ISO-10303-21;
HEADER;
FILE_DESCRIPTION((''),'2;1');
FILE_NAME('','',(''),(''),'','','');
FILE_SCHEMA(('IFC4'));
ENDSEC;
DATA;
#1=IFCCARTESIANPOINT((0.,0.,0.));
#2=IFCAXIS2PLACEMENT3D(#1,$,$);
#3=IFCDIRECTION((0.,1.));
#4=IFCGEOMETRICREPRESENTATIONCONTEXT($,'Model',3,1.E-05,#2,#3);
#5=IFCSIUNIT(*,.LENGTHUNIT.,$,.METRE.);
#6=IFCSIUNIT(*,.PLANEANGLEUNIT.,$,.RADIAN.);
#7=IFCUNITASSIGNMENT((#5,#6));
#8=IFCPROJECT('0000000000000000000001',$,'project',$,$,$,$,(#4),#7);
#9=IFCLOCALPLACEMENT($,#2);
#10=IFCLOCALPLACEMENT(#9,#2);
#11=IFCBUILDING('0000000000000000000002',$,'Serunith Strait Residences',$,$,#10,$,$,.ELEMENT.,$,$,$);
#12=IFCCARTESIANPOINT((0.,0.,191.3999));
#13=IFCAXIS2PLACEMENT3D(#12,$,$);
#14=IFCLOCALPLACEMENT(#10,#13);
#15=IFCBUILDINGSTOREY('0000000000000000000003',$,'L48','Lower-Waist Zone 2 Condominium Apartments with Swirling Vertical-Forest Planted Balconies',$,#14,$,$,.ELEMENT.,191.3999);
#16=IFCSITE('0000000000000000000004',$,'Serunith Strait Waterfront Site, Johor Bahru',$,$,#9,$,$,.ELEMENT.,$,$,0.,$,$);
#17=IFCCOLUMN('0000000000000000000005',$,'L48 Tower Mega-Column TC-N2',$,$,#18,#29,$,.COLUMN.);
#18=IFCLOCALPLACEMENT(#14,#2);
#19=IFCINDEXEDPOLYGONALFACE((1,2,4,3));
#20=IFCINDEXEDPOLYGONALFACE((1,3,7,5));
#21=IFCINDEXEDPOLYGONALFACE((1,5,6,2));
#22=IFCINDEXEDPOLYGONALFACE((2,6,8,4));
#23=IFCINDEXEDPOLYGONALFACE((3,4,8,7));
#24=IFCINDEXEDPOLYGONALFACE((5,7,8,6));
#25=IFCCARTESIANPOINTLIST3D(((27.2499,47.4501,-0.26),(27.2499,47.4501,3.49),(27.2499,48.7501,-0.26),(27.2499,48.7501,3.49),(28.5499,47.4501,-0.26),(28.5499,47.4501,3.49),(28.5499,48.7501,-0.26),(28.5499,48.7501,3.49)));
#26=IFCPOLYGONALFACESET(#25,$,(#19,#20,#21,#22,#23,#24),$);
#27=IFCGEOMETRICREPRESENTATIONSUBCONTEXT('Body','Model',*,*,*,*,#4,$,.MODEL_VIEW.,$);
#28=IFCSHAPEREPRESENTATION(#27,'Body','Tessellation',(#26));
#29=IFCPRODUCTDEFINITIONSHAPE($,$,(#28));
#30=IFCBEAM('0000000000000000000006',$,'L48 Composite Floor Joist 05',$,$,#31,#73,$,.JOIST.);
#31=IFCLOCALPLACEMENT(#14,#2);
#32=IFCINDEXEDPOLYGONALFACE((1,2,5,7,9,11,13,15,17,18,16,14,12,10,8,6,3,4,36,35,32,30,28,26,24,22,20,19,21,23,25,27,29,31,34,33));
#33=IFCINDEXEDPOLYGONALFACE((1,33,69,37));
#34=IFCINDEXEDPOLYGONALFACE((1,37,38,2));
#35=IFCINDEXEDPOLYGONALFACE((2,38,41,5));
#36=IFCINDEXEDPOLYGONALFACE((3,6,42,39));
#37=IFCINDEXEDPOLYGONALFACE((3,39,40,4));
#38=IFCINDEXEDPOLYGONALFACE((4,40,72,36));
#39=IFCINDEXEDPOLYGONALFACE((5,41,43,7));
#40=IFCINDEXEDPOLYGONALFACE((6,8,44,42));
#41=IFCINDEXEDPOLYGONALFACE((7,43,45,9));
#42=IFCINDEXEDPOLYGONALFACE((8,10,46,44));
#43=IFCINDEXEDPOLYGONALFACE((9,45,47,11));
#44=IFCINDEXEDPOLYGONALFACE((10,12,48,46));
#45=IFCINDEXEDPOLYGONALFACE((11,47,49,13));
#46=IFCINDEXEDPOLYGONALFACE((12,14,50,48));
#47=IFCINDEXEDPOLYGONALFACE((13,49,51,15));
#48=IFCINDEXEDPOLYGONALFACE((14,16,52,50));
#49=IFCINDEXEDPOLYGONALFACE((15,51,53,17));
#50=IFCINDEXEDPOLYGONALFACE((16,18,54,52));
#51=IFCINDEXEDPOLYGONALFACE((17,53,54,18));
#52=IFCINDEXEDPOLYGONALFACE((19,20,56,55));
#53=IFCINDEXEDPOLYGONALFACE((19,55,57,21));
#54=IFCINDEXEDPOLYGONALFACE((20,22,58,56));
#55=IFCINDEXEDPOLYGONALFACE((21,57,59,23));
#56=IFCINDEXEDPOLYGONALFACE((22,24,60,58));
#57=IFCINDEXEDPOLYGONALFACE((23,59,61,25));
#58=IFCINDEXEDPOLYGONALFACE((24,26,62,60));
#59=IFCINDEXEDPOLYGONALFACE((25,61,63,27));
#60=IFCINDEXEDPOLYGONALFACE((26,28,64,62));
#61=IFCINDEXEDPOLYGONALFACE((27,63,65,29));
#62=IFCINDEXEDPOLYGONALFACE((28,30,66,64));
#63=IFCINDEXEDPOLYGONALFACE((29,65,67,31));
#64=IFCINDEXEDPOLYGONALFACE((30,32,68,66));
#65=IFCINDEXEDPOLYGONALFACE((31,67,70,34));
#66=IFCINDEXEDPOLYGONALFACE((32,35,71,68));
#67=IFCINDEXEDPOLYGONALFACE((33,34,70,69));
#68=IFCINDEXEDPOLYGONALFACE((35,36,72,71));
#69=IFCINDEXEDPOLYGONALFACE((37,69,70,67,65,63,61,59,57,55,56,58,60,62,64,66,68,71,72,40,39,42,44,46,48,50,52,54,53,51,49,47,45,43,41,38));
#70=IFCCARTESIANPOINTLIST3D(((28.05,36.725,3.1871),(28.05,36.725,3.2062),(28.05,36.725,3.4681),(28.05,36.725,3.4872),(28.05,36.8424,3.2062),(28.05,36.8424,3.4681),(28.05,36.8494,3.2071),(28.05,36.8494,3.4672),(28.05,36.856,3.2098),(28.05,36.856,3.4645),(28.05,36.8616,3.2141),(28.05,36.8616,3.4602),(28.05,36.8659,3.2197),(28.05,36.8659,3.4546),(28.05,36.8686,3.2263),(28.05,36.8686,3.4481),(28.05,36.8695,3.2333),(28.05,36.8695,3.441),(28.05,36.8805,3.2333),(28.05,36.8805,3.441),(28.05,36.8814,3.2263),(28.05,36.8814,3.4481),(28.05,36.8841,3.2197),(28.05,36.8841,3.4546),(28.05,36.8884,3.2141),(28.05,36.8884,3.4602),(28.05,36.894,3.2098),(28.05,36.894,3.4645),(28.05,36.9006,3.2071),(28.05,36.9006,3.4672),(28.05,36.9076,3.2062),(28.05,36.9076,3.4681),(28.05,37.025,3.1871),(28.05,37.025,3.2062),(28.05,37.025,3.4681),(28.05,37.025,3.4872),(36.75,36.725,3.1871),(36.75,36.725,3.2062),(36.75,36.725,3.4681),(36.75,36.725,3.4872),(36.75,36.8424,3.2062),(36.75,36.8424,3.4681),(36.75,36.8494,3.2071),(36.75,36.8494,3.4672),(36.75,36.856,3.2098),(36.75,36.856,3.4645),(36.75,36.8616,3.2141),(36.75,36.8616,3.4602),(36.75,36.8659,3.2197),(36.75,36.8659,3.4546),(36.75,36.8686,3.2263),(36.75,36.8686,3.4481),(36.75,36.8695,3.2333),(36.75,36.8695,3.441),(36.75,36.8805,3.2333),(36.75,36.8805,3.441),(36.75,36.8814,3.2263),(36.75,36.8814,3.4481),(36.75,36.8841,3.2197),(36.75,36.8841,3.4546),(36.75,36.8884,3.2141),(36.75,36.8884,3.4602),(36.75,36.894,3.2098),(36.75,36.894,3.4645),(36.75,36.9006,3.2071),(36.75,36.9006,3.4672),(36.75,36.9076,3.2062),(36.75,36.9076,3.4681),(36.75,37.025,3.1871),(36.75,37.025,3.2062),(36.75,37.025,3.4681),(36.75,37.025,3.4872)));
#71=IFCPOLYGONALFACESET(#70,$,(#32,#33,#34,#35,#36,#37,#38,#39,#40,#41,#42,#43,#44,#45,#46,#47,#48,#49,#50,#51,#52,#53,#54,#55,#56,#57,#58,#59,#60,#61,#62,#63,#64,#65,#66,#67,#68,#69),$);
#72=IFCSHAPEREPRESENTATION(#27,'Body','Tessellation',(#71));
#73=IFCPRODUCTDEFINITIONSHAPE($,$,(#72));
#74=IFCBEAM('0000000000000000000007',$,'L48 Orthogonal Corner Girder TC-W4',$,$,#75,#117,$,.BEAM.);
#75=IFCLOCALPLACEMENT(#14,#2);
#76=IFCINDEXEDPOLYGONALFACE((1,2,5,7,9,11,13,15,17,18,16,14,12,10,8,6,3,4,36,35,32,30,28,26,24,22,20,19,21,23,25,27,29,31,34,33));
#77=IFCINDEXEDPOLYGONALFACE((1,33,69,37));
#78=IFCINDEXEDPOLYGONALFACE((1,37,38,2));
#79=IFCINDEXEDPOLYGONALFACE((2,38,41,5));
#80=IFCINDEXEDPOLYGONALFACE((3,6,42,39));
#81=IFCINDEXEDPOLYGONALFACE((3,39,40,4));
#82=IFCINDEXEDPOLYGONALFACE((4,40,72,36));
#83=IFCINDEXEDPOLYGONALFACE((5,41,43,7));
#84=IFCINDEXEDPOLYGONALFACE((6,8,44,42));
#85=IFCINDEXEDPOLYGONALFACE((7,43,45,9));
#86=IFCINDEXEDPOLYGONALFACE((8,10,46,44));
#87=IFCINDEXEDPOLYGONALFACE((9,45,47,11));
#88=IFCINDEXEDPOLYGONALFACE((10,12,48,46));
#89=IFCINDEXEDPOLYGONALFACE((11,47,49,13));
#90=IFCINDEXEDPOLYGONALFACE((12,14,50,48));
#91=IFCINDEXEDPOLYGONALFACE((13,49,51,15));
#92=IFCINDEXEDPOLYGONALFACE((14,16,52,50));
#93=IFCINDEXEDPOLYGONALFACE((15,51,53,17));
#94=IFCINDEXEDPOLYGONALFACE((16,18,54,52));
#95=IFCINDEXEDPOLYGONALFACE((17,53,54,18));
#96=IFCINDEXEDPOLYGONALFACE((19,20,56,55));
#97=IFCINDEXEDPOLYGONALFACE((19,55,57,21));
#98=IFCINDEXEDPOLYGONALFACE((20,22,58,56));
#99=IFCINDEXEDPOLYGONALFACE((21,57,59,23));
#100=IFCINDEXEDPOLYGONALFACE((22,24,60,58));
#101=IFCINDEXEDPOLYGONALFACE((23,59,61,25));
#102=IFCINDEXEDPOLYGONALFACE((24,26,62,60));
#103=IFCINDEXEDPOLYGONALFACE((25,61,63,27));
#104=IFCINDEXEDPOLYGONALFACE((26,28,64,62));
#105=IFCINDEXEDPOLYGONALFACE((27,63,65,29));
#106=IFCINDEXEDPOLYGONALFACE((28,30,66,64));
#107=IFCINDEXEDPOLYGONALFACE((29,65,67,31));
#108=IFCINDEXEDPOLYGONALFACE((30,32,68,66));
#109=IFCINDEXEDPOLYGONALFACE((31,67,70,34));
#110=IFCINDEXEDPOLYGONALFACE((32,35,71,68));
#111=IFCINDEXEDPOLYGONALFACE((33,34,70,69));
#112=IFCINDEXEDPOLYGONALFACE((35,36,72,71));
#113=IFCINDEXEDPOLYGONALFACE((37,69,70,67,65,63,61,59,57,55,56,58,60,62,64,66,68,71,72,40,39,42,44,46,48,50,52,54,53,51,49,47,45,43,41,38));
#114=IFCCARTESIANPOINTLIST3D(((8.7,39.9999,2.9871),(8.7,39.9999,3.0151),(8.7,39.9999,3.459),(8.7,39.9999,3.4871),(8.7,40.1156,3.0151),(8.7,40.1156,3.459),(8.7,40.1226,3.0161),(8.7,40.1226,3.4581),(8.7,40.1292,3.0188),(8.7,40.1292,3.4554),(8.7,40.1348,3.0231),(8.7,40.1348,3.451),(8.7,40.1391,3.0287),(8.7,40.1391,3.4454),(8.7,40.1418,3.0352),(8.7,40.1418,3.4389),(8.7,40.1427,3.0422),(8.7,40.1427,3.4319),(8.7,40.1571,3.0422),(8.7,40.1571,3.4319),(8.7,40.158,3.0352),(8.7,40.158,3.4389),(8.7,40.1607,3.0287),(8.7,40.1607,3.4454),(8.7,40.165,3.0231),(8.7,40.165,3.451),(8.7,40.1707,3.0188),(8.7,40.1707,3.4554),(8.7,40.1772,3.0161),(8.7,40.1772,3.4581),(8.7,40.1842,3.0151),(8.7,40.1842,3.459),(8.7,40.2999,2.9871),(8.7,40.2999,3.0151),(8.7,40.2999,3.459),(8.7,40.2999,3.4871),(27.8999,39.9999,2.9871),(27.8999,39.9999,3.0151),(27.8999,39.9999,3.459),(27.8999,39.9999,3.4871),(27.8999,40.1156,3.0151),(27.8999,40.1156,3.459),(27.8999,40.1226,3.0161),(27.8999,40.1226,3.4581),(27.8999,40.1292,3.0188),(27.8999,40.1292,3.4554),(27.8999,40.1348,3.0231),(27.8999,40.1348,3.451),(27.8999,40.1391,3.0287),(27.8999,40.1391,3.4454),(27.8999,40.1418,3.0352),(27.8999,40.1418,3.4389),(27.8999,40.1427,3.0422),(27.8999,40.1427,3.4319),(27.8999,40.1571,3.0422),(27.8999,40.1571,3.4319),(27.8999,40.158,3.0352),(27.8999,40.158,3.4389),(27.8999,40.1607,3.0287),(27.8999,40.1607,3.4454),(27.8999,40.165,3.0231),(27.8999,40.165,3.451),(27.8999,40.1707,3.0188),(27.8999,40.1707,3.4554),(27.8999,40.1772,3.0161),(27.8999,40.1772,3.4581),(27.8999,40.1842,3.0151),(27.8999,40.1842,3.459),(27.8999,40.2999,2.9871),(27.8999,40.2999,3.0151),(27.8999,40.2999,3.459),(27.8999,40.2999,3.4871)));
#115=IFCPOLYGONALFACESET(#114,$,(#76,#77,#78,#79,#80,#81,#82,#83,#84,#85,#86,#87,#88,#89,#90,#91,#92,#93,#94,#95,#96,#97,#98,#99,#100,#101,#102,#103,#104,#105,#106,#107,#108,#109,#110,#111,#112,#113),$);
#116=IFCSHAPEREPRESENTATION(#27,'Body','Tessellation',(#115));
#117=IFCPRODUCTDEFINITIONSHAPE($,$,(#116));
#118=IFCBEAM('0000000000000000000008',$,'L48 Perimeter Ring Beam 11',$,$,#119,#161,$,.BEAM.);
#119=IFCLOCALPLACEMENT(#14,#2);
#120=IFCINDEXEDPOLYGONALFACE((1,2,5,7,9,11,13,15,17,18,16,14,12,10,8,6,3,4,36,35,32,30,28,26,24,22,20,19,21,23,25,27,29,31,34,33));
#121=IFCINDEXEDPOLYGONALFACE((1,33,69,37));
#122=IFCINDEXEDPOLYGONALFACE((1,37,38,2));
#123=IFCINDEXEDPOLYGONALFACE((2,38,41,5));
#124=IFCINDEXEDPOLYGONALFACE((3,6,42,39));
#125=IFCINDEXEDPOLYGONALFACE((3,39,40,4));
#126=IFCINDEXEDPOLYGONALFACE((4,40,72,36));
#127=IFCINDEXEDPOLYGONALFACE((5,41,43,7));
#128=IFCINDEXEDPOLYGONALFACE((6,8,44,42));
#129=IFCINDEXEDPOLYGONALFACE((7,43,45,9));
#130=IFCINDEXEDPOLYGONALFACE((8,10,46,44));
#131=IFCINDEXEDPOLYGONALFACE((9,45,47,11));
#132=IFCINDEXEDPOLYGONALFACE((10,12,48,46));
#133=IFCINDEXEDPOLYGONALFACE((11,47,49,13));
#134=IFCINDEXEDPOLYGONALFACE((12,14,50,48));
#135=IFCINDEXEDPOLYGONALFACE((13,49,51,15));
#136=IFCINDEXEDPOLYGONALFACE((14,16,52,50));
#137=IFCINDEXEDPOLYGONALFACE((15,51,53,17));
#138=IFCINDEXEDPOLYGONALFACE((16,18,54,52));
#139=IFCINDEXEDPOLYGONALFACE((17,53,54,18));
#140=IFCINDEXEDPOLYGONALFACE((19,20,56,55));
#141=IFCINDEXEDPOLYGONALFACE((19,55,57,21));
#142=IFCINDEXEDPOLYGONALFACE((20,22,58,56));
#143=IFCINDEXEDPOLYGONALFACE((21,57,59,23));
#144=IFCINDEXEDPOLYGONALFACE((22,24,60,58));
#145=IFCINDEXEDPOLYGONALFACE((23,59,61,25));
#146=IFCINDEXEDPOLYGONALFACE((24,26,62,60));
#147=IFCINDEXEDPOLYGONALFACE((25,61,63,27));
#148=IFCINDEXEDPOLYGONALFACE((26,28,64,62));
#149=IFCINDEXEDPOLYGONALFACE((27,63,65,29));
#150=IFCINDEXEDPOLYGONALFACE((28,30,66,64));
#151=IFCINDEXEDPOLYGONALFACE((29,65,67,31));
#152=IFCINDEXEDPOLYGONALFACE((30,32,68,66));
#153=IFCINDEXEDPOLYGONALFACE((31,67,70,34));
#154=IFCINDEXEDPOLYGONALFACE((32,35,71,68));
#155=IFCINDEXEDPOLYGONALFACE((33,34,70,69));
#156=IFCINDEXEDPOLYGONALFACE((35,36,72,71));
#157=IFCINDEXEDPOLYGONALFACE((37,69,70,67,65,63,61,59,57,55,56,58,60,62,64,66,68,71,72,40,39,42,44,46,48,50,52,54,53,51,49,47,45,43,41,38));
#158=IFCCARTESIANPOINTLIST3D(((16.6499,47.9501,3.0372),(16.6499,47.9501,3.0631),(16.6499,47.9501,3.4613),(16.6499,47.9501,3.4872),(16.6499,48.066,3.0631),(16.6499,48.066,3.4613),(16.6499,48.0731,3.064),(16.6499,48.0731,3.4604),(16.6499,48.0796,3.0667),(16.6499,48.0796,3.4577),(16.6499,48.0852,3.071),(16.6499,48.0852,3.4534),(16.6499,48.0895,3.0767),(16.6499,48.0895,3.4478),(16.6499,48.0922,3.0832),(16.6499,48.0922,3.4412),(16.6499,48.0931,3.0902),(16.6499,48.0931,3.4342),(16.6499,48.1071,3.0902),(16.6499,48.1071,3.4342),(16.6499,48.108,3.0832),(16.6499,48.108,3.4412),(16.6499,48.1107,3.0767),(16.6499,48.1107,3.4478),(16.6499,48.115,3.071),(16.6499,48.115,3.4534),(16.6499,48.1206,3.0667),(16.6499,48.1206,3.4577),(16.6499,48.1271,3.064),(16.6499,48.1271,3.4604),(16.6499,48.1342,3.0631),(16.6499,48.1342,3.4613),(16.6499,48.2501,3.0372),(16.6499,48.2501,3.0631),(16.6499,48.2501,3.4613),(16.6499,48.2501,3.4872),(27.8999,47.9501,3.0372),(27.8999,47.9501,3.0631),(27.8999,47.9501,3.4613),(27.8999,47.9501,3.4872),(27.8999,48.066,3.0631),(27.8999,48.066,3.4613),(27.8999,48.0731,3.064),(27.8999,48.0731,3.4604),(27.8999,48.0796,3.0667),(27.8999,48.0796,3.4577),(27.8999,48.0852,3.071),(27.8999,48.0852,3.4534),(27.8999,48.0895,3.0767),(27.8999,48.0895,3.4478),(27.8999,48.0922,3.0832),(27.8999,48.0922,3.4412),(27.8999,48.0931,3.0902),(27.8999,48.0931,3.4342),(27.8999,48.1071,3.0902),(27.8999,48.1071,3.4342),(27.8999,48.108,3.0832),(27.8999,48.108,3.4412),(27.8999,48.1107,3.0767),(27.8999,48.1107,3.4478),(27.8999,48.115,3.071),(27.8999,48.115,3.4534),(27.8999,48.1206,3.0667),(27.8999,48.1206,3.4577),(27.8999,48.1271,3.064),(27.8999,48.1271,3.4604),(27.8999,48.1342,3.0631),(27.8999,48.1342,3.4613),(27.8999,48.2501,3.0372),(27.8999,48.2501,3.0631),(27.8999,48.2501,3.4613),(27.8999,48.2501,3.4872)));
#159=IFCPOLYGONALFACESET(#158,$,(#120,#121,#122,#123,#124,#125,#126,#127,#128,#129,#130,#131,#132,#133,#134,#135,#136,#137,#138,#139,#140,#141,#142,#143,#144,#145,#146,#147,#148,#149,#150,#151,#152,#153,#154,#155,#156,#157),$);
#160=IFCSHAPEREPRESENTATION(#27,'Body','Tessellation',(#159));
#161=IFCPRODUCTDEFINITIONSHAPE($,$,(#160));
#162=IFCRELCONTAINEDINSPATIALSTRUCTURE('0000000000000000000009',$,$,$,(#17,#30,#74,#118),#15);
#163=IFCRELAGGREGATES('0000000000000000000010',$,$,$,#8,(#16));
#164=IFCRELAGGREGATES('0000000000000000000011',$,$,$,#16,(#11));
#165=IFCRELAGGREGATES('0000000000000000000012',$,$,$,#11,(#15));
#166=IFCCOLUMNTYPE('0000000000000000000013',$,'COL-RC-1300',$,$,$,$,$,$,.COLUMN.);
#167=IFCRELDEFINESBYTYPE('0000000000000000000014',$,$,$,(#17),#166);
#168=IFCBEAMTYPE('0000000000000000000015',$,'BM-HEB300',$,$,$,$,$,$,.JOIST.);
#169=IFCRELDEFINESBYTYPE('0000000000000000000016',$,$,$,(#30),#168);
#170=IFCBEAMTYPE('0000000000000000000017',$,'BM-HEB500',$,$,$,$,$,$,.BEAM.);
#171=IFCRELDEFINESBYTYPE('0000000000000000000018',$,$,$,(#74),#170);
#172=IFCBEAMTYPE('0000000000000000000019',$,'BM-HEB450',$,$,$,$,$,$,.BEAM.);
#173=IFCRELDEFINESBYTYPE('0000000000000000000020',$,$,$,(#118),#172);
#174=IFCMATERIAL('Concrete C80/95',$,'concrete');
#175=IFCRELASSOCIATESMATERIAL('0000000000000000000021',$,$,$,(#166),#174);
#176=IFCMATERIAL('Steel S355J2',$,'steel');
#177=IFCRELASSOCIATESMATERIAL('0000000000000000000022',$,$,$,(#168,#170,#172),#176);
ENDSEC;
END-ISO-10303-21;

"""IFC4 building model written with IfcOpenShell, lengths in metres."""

from ifc_helpers import new_model, si_unit, direction, frame, origin, origin_2d, place, context, subcontext, project, spatial, rectangle, i_section, extrude, source, transform, mapped, material, material_profile, profile_set, type_object, element, save


model = new_model("IFC4")

# Units and contexts
model_context = context("Model", 3, precision=1e-05, world=origin(), true_north=direction((0.0, 1.0)))
body_context = subcontext(model_context, "Body", "Model", "MODEL_VIEW")
ifc_project = project(units=[si_unit("LENGTHUNIT", "METRE"), si_unit("PLANEANGLEUNIT", "RADIAN")], contexts=[model_context])

# Site, building, storey
site_placement = place(None, origin())
site = spatial("IfcSite", under=ifc_project, at=site_placement, Name="Serunith Strait Waterfront Site, Johor Bahru", CompositionType="ELEMENT", RefElevation=0.0)
building_placement = place(site_placement, origin())
building = spatial("IfcBuilding", under=site, at=building_placement, Name="Serunith Strait Residences", CompositionType="ELEMENT")
storey_placement = place(building_placement, frame((0.0, 0.0, 191.3999)))
storey = spatial("IfcBuildingStorey", under=building, at=storey_placement, Name="L48", Description="Lower-Waist Zone 2 Condominium Apartments with Swirling Vertical-Forest Planted Balconies", CompositionType="ELEMENT", Elevation=191.3999)

# Column
ifc_material_1 = material(Name="Concrete C80/95", Category="concrete")
ifc_material_profile_1 = material_profile(ifc_material_1, rectangle(XDim=1.3, YDim=1.3, at=origin_2d()), Name="RC 1300x1300")
ifc_profile_set_1 = profile_set([ifc_material_profile_1], Name="Concrete C80/95")
column_type = type_object("IfcColumnType", Name="COL-RC-1300", PredefinedType="COLUMN", material=ifc_profile_set_1)
shared_shape_1 = source(origin(), body_context, "Body", "SweptSolid", [
    extrude(rectangle(XDim=1.3, YDim=1.3, at=origin_2d()), origin(), (0.0, 0.0, 1.0), 3.75),
])
column_placement = place(storey_placement, frame((27.8999, 48.1001, -0.26), z_axis=(0.0, 0.0, 1.0), x_axis=(1.0, 0.0, 0.0)))
element("IfcColumn", 1, at=column_placement, inside=storey, type_object=column_type, Name="L48 Tower Mega-Column TC-N2", PredefinedType="COLUMN", context=body_context, shape_type="MappedRepresentation", body=[
    mapped(shared_shape_1, transform((0.0, 0.0, 0.0), scale=1.0)),
])

# Beams
ifc_material_2 = material(Name="Steel S355J2", Category="steel")
ifc_material_profile_2 = material_profile(ifc_material_2, i_section(OverallWidth=0.3, OverallDepth=0.3, WebThickness=0.011, FlangeThickness=0.019, FilletRadius=0.0271, at=origin_2d()), Name="HEB 300")
ifc_profile_set_2 = profile_set([ifc_material_profile_2], Name="Steel S355J2")
beam_type_1 = type_object("IfcBeamType", Name="BM-HEB300", PredefinedType="JOIST", material=ifc_profile_set_2)
shared_shape_2 = source(origin(), body_context, "Body", "SweptSolid", [
    extrude(i_section(OverallWidth=0.3, OverallDepth=0.3, WebThickness=0.011, FlangeThickness=0.019, FilletRadius=0.0271, at=origin_2d()), origin(), (0.0, 0.0, 1.0), 8.7),
])
beam_1_placement = place(storey_placement, frame((28.05, 36.875, 3.3372), z_axis=(1.0, 0.0, 0.0), x_axis=(0.0, 1.0, 0.0)))
element("IfcBeam", 2, at=beam_1_placement, inside=storey, type_object=beam_type_1, Name="L48 Composite Floor Joist 05", PredefinedType="JOIST", context=body_context, shape_type="MappedRepresentation", body=[
    mapped(shared_shape_2, transform((0.0, 0.0, 0.0), scale=1.0)),
])
ifc_material_profile_3 = material_profile(ifc_material_2, i_section(OverallWidth=0.3, OverallDepth=0.5, WebThickness=0.0144, FlangeThickness=0.0281, FilletRadius=0.0271, at=origin_2d()), Name="HEB 500")
ifc_profile_set_3 = profile_set([ifc_material_profile_3], Name="Steel S355J2")
beam_type_2 = type_object("IfcBeamType", Name="BM-HEB500", PredefinedType="BEAM", material=ifc_profile_set_3)
shared_shape_3 = source(origin(), body_context, "Body", "SweptSolid", [
    extrude(i_section(OverallWidth=0.3, OverallDepth=0.5, WebThickness=0.0144, FlangeThickness=0.0281, FilletRadius=0.0271, at=origin_2d()), origin(), (0.0, 0.0, 1.0), 19.2),
])
beam_2_placement = place(storey_placement, frame((27.8999, 40.1499, 3.2371), z_axis=(-1.0, 0.0, 0.0), x_axis=(0.0, -1.0, 0.0)))
element("IfcBeam", 3, at=beam_2_placement, inside=storey, type_object=beam_type_2, Name="L48 Orthogonal Corner Girder TC-W4", PredefinedType="BEAM", context=body_context, shape_type="MappedRepresentation", body=[
    mapped(shared_shape_3, transform((0.0, 0.0, 0.0), scale=1.0)),
])
ifc_material_profile_4 = material_profile(ifc_material_2, i_section(OverallWidth=0.3, OverallDepth=0.45, WebThickness=0.0139, FlangeThickness=0.0259, FilletRadius=0.0271, at=origin_2d()), Name="HEB 450")
ifc_profile_set_4 = profile_set([ifc_material_profile_4], Name="Steel S355J2")
beam_type_3 = type_object("IfcBeamType", Name="BM-HEB450", PredefinedType="BEAM", material=ifc_profile_set_4)
shared_shape_4 = source(origin(), body_context, "Body", "SweptSolid", [
    extrude(i_section(OverallWidth=0.3, OverallDepth=0.45, WebThickness=0.0139, FlangeThickness=0.0259, FilletRadius=0.0271, at=origin_2d()), origin(), (0.0, 0.0, 1.0), 11.25),
])
beam_3_placement = place(storey_placement, frame((27.8999, 48.1001, 3.2622), z_axis=(-1.0, 0.0, 0.0), x_axis=(0.0, -1.0, 0.0)))
element("IfcBeam", 4, at=beam_3_placement, inside=storey, type_object=beam_type_3, Name="L48 Perimeter Ring Beam 11", PredefinedType="BEAM", context=body_context, shape_type="MappedRepresentation", body=[
    mapped(shared_shape_4, transform((0.0, 0.0, 0.0), scale=1.0)),
])

save(model, "model.ifc")
